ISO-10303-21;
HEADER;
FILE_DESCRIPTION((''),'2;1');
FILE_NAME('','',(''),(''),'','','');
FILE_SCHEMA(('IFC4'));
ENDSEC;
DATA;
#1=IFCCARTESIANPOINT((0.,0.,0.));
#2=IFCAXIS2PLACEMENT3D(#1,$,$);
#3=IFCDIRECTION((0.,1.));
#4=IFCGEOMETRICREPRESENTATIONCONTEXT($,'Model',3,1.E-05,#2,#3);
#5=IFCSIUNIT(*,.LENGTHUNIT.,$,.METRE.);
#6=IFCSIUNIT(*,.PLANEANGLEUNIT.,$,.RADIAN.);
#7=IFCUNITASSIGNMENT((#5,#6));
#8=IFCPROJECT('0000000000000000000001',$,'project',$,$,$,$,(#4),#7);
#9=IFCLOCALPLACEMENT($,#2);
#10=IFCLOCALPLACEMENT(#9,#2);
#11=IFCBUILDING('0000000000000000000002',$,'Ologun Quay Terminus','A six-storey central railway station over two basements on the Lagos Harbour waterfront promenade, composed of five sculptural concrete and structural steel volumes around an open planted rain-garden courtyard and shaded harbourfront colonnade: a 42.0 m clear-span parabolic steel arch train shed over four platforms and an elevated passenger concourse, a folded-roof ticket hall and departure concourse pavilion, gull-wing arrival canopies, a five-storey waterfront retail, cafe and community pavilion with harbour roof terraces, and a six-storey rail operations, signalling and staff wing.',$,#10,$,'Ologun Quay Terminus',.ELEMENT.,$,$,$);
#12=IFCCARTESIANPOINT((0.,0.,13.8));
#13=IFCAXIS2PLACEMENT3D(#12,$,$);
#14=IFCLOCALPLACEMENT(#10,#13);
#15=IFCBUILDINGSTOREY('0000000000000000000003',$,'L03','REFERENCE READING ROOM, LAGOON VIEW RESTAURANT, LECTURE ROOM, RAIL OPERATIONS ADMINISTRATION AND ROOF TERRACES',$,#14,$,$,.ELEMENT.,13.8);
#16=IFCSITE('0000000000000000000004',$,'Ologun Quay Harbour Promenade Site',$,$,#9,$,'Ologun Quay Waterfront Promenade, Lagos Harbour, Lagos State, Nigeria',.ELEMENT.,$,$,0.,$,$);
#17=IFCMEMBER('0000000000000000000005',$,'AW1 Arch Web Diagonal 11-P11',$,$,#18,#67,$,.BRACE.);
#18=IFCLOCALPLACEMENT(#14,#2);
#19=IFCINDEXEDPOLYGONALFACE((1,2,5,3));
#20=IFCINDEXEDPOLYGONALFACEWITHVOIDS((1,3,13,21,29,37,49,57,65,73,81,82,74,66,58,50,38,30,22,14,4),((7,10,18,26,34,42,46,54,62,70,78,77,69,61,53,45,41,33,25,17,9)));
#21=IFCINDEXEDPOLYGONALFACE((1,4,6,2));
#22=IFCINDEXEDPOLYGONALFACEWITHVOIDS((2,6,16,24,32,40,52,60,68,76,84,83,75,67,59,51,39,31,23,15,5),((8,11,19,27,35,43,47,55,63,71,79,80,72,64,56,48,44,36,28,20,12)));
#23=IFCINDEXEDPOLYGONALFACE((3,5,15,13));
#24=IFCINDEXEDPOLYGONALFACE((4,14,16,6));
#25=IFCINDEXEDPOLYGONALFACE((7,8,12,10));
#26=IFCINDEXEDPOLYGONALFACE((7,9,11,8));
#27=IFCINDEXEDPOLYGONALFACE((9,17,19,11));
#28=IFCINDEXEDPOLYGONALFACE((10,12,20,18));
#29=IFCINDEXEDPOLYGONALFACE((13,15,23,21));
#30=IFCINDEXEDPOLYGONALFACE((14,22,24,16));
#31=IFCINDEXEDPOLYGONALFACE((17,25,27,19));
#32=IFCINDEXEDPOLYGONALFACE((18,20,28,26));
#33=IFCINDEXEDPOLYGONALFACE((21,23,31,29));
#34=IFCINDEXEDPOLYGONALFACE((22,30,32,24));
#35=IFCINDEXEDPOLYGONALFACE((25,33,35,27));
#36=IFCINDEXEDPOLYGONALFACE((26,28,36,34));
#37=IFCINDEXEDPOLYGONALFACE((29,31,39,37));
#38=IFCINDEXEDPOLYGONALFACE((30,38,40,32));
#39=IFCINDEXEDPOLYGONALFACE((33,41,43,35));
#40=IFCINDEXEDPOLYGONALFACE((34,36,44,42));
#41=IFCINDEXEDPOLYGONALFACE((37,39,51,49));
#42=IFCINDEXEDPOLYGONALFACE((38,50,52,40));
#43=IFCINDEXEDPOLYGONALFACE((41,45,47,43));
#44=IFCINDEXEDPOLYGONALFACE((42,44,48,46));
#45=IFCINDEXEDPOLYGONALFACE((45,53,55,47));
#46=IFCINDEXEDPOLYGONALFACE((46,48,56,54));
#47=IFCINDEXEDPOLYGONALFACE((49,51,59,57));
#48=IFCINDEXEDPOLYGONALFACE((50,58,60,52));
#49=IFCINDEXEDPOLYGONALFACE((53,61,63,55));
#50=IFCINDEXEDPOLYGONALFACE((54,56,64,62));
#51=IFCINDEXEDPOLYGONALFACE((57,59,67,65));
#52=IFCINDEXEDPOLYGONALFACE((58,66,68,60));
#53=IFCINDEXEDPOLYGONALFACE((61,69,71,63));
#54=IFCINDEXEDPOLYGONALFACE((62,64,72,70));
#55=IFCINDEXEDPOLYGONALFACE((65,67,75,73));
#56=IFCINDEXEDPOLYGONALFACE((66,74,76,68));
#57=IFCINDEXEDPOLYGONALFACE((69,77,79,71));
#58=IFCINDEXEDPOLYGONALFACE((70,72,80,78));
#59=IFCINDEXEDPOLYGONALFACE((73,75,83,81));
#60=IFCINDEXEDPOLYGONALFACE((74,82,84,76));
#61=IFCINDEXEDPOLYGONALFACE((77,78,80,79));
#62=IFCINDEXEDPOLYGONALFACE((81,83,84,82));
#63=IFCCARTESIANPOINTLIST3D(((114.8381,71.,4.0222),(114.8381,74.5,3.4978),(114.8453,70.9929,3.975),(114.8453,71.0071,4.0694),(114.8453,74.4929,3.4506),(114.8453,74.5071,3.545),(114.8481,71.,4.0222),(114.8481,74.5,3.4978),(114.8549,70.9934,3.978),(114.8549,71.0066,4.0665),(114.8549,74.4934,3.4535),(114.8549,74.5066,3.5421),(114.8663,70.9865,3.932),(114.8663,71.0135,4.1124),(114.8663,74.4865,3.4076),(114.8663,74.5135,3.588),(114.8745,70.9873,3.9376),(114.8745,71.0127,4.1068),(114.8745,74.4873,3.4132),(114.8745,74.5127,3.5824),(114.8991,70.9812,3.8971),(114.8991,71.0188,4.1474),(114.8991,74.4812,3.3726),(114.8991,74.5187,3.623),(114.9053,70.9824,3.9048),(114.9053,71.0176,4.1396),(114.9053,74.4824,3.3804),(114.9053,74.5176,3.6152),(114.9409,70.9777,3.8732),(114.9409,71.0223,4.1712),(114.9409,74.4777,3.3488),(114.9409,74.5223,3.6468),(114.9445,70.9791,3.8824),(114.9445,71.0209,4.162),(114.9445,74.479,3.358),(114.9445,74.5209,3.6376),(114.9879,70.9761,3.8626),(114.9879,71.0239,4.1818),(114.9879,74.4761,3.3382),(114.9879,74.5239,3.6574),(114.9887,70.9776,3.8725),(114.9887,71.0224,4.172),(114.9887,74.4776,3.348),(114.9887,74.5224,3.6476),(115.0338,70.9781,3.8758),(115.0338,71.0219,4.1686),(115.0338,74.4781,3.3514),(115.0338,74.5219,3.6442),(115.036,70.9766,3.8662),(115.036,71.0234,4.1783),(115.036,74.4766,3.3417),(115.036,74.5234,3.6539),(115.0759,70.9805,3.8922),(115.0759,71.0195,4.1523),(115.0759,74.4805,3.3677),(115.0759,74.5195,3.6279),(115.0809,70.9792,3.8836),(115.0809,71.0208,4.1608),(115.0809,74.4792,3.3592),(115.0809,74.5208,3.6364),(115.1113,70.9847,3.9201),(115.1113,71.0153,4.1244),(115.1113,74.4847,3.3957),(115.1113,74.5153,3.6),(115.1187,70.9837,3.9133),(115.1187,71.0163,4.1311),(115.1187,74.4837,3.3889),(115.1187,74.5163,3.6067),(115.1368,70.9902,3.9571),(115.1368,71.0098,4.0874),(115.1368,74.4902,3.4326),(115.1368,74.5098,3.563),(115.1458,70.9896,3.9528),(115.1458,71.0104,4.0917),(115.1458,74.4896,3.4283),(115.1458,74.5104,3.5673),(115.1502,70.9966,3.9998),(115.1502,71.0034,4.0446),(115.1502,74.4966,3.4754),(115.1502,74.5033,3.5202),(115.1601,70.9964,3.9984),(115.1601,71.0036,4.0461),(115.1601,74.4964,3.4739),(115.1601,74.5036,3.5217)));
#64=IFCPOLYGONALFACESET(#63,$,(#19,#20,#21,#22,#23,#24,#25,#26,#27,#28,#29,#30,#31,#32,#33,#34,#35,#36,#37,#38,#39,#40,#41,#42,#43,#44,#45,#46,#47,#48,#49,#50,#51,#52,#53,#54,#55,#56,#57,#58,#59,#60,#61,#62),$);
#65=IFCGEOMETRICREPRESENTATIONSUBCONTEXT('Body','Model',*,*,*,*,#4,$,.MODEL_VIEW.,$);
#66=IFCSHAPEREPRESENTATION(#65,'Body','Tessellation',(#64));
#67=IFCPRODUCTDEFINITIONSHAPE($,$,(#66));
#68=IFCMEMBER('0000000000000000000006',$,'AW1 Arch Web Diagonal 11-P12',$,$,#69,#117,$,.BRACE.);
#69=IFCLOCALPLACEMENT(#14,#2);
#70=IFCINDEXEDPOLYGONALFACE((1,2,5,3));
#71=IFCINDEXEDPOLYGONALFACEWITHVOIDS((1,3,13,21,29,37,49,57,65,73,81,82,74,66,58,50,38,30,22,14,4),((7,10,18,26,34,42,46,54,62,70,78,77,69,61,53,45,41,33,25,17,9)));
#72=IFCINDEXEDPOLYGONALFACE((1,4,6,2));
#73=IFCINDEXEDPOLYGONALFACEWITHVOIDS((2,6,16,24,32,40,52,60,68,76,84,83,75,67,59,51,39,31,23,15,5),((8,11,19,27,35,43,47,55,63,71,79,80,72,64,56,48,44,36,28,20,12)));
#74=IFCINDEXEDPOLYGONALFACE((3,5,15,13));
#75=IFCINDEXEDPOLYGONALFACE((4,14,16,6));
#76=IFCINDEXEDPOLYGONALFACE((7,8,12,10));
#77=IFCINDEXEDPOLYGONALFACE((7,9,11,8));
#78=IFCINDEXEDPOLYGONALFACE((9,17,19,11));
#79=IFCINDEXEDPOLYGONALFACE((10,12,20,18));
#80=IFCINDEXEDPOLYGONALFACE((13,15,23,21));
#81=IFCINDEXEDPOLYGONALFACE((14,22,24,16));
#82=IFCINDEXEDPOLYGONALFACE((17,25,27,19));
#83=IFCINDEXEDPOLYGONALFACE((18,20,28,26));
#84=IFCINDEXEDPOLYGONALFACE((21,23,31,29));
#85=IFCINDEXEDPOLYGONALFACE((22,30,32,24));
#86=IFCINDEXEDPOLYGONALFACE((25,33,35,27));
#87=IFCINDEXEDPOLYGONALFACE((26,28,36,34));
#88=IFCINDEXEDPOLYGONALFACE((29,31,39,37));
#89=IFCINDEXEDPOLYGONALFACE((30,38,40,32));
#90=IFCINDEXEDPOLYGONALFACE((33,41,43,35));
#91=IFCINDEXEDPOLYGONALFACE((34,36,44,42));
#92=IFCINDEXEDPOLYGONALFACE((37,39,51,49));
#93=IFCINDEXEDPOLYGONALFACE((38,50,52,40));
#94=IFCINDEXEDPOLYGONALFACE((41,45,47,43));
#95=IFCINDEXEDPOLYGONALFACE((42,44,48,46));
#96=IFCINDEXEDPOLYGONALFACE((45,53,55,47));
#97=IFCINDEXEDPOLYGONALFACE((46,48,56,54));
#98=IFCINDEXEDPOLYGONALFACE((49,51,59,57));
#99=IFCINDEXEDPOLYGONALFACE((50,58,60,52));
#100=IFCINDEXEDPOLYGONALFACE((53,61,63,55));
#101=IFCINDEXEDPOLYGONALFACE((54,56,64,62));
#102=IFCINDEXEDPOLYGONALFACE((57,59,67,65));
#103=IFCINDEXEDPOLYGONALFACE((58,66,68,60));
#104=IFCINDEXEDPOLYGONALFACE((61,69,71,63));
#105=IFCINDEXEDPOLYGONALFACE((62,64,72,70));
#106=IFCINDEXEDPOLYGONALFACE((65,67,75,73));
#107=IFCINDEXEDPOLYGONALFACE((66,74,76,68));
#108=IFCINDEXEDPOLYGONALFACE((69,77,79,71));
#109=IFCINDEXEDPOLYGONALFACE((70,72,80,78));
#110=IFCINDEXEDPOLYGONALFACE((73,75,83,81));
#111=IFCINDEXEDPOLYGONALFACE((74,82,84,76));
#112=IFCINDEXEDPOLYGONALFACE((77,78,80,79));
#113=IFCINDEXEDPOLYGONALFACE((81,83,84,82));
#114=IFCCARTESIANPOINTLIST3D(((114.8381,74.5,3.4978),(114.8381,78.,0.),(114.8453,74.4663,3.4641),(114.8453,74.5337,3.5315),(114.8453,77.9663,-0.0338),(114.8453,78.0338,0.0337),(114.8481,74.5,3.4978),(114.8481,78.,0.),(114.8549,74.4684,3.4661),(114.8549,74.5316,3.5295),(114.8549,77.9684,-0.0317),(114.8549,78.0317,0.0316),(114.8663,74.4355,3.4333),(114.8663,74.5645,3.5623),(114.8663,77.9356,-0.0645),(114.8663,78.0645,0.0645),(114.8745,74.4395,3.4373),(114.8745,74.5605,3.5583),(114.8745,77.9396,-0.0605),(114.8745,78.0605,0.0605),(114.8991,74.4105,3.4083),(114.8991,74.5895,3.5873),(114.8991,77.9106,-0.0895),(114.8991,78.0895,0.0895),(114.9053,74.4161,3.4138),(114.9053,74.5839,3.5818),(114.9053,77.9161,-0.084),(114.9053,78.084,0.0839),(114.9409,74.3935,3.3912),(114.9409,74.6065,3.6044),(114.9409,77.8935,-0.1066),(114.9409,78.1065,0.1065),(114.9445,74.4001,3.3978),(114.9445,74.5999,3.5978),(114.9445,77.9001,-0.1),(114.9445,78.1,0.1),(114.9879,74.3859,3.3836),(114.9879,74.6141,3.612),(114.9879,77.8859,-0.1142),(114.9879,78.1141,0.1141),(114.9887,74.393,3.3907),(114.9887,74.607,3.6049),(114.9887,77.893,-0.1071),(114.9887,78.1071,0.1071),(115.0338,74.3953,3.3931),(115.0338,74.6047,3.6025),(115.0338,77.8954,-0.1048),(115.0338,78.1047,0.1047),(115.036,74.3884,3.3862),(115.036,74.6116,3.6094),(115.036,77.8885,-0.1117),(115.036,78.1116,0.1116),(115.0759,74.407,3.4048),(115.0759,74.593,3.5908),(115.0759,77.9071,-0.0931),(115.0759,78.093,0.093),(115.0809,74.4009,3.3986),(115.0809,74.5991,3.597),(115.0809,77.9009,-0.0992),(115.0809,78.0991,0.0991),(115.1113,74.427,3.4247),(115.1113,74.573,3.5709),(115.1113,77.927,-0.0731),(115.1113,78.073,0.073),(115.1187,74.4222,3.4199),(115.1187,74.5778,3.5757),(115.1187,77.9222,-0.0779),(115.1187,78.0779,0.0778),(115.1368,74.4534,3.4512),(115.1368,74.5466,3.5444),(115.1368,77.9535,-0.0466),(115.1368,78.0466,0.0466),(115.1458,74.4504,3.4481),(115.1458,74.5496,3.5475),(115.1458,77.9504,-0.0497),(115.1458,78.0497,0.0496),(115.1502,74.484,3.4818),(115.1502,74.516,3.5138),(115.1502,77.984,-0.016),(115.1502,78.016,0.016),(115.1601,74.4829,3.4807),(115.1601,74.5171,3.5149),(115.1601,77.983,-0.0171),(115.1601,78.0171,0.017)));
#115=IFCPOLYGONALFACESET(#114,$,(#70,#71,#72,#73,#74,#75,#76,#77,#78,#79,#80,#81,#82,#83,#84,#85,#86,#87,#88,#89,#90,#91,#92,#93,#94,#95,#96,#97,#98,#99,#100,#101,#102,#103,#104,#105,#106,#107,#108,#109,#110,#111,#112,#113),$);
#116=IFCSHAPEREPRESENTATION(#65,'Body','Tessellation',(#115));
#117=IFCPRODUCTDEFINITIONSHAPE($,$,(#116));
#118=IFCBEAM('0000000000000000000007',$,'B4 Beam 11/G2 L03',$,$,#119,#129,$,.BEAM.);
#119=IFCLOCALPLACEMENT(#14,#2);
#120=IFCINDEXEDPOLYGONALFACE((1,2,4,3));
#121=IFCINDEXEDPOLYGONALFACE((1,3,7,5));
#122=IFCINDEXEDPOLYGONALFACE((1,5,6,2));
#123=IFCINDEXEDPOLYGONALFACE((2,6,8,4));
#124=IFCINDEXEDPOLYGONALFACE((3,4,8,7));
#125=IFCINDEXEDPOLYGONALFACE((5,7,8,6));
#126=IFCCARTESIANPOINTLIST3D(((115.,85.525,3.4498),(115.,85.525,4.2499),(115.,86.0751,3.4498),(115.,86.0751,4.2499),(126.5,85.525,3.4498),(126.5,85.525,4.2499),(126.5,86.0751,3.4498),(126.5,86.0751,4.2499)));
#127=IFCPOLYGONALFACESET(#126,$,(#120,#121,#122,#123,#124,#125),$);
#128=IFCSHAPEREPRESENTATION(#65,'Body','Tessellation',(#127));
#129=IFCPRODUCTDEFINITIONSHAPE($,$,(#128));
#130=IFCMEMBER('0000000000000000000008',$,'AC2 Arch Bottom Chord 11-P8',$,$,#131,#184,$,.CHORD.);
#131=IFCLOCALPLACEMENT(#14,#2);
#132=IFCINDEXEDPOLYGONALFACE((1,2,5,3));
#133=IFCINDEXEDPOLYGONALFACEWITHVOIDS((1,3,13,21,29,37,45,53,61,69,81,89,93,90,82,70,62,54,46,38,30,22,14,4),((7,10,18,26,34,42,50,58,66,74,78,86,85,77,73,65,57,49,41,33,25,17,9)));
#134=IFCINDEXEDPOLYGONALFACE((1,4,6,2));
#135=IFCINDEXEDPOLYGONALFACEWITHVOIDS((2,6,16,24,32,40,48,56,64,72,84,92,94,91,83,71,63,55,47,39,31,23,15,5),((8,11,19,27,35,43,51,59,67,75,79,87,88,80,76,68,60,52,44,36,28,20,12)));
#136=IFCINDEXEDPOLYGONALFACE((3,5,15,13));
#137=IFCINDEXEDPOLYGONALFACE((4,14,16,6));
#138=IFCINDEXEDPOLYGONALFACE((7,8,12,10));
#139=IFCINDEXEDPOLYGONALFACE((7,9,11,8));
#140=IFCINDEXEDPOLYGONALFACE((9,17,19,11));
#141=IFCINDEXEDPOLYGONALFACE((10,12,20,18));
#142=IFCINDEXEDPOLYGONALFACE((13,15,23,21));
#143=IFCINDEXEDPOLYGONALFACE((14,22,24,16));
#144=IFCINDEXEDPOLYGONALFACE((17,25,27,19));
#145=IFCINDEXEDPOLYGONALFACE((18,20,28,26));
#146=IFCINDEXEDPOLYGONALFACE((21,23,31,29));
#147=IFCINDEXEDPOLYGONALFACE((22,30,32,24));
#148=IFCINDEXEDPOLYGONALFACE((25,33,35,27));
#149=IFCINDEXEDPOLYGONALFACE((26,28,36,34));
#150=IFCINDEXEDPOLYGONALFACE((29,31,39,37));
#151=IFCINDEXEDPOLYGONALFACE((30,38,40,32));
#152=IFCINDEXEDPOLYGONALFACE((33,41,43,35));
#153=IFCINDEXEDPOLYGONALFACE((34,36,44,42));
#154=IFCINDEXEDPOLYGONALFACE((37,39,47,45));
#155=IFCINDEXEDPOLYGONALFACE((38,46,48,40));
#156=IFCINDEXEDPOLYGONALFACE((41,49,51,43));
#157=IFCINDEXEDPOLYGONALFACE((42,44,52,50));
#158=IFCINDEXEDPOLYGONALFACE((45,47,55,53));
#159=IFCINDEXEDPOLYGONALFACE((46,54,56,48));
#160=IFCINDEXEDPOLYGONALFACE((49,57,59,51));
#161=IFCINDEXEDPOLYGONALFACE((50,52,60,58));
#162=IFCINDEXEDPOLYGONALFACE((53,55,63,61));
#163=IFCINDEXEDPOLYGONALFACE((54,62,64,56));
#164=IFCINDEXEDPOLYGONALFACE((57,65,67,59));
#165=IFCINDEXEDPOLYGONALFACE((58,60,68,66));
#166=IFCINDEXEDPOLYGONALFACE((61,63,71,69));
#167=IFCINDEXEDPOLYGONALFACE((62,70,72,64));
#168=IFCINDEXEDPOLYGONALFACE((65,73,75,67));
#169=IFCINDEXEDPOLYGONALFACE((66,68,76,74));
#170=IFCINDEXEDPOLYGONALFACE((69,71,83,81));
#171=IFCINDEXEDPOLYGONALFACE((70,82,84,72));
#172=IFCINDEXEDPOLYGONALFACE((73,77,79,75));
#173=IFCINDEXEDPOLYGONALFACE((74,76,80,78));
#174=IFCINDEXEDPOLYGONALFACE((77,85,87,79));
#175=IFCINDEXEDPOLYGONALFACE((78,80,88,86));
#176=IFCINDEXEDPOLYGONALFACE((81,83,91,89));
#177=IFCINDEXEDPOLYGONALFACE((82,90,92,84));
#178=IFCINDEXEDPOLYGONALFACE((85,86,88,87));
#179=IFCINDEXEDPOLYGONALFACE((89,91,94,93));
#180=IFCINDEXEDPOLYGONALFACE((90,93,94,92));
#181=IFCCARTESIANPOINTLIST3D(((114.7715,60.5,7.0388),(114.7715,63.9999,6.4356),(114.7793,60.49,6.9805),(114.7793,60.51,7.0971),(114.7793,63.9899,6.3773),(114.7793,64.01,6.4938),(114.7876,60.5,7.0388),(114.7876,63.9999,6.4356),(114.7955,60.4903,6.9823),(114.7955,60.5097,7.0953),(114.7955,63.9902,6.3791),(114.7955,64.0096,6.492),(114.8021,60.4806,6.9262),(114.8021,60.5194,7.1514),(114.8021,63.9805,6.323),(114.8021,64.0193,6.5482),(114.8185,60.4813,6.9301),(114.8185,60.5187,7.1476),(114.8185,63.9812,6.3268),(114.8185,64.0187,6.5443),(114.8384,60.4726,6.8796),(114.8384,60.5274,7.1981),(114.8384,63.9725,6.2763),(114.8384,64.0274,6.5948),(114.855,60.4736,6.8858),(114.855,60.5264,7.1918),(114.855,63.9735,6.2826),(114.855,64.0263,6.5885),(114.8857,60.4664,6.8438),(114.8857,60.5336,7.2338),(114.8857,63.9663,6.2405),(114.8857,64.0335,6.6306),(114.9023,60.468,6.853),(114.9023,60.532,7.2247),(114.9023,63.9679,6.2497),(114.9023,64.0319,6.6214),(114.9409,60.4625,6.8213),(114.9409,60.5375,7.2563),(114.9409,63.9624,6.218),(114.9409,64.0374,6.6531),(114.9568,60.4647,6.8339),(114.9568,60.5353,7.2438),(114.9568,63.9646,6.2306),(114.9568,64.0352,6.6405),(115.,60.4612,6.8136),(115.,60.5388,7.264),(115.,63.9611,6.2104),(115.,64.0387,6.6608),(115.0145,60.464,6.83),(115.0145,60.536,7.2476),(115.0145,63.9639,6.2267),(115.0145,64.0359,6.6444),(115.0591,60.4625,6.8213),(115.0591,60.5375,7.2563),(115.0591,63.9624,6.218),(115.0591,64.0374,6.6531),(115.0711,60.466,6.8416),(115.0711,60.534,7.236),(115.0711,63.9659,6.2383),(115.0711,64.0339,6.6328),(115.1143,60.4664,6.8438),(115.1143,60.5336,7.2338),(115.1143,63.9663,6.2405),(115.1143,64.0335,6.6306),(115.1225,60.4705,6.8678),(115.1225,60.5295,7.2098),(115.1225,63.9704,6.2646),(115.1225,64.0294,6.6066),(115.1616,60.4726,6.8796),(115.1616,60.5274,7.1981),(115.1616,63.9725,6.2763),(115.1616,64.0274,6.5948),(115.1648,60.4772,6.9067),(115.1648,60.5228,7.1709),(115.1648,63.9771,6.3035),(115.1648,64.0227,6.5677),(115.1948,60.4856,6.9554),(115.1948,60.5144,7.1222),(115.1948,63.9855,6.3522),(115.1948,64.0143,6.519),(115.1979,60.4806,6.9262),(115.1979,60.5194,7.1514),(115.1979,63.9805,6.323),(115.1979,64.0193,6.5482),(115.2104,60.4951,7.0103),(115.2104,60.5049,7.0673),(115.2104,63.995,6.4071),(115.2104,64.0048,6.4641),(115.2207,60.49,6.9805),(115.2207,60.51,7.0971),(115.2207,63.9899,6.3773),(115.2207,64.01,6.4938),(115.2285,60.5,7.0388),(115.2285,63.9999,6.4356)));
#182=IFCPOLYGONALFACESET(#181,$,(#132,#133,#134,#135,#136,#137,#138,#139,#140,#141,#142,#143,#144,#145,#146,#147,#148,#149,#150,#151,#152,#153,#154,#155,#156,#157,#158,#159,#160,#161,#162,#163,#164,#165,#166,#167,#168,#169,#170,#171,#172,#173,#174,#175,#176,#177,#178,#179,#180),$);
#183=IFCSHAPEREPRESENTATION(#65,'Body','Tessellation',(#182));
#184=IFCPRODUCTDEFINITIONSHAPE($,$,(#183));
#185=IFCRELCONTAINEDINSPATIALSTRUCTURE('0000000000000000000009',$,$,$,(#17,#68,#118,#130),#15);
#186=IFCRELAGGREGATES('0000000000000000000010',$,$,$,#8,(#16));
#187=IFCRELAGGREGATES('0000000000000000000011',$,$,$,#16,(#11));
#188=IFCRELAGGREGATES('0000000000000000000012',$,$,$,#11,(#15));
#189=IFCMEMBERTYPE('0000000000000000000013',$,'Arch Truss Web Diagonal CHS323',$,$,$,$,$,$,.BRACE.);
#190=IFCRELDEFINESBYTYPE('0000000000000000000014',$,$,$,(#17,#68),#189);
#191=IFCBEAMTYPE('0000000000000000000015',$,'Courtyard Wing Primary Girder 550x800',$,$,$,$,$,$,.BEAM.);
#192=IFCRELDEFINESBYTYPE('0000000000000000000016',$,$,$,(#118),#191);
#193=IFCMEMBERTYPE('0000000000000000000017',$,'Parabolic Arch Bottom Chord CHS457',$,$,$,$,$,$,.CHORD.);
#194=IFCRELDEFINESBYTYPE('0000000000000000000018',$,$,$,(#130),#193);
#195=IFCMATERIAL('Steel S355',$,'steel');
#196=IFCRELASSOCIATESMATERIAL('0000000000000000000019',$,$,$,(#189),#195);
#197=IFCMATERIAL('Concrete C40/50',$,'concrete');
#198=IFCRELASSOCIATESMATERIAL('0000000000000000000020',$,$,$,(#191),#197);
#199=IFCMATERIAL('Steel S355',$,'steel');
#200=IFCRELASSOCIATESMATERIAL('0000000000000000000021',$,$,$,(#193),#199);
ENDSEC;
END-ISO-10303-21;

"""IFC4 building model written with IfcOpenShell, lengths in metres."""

from ifc_helpers import new_model, si_unit, direction, frame, origin, origin_2d, place, context, subcontext, project, spatial, rectangle, hollow_circle, extrude, material, material_profile, profile_set, type_object, element, save


model = new_model("IFC4")

# Units and contexts
model_context = context("Model", 3, precision=1e-05, world=origin(), true_north=direction((0.0, 1.0)))
body_context = subcontext(model_context, "Body", "Model", "MODEL_VIEW")
ifc_project = project(units=[si_unit("LENGTHUNIT", "METRE"), si_unit("PLANEANGLEUNIT", "RADIAN")], contexts=[model_context])

# Site, building, storey
site_placement = place(None, origin())
site = spatial("IfcSite", under=ifc_project, at=site_placement, Name="Ologun Quay Harbour Promenade Site", LongName="Ologun Quay Waterfront Promenade, Lagos Harbour, Lagos State, Nigeria", CompositionType="ELEMENT", RefElevation=0.0)
building_placement = place(site_placement, origin())
building = spatial("IfcBuilding", under=site, at=building_placement, Name="Ologun Quay Terminus", Description="A six-storey central railway station over two basements on the Lagos Harbour waterfront promenade, composed of five sculptural concrete and structural steel volumes around an open planted rain-garden courtyard and shaded harbourfront colonnade: a 42.0 m clear-span parabolic steel arch train shed over four platforms and an elevated passenger concourse, a folded-roof ticket hall and departure concourse pavilion, gull-wing arrival canopies, a five-storey waterfront retail, cafe and community pavilion with harbour roof terraces, and a six-storey rail operations, signalling and staff wing.", LongName="Ologun Quay Terminus", CompositionType="ELEMENT")
storey_placement = place(building_placement, frame((0.0, 0.0, 13.8)))
storey = spatial("IfcBuildingStorey", under=building, at=storey_placement, Name="L03", Description="REFERENCE READING ROOM, LAGOON VIEW RESTAURANT, LECTURE ROOM, RAIL OPERATIONS ADMINISTRATION AND ROOF TERRACES", CompositionType="ELEMENT", Elevation=13.8)

# Members
ifc_material_1 = material(Name="Steel S355", Category="steel")
ifc_material_profile_1 = material_profile(ifc_material_1, hollow_circle(Radius=0.1619, WallThickness=0.01, at=origin_2d()), Name="CHS 323.9x10")
ifc_profile_set_1 = profile_set([ifc_material_profile_1], Name="Steel S355")
member_type_1 = type_object("IfcMemberType", Name="Arch Truss Web Diagonal CHS323", PredefinedType="BRACE", material=ifc_profile_set_1)
member_1_placement = place(storey_placement, frame((115.0, 71.0, 4.0222), z_axis=(0.0, 0.988961, -0.148179), x_axis=(-1.0, 0.0, 0.0)))
element("IfcMember", 1, at=member_1_placement, inside=storey, type_object=member_type_1, Name="AW1 Arch Web Diagonal 11-P11", PredefinedType="BRACE", context=body_context, shape_type="SweptSolid", body=[
    extrude(hollow_circle(Radius=0.1619, WallThickness=0.01, at=origin_2d()), origin(), (0.0, 0.0, 1.0), 3.5391),
])
member_2_placement = place(storey_placement, frame((115.0, 74.5, 3.4978), z_axis=(0.0, 0.707329, -0.706885), x_axis=(-1.0, 0.0, 0.0)))
element("IfcMember", 2, at=member_2_placement, inside=storey, type_object=member_type_1, Name="AW1 Arch Web Diagonal 11-P12", PredefinedType="BRACE", context=body_context, shape_type="SweptSolid", body=[
    extrude(hollow_circle(Radius=0.1619, WallThickness=0.01, at=origin_2d()), origin(), (0.0, 0.0, 1.0), 4.9482),
])

# Beam
ifc_material_2 = material(Name="Concrete C40/50", Category="concrete")
ifc_material_profile_2 = material_profile(ifc_material_2, rectangle(XDim=0.55, YDim=0.8, at=origin_2d()), Name="RC 550x800")
ifc_profile_set_2 = profile_set([ifc_material_profile_2], Name="Concrete C40/50")
beam_type = type_object("IfcBeamType", Name="Courtyard Wing Primary Girder 550x800", PredefinedType="BEAM", material=ifc_profile_set_2)
beam_placement = place(storey_placement, frame((115.0, 85.8, 3.8499), z_axis=(1.0, 0.0, 0.0), x_axis=(0.0, 1.0, 0.0)))
element("IfcBeam", 3, at=beam_placement, inside=storey, type_object=beam_type, Name="B4 Beam 11/G2 L03", PredefinedType="BEAM", context=body_context, shape_type="SweptSolid", body=[
    extrude(rectangle(XDim=0.55, YDim=0.8, at=origin_2d()), origin(), (0.0, 0.0, 1.0), 11.5),
])

# Member
ifc_material_3 = material(Name="Steel S355", Category="steel")
ifc_material_profile_3 = material_profile(ifc_material_3, hollow_circle(Radius=0.2285, WallThickness=0.0161, at=origin_2d()), Name="CHS 457x16")
ifc_profile_set_3 = profile_set([ifc_material_profile_3], Name="Steel S355")
member_type_2 = type_object("IfcMemberType", Name="Parabolic Arch Bottom Chord CHS457", PredefinedType="CHORD", material=ifc_profile_set_3)
member_3_placement = place(storey_placement, frame((115.0, 60.5, 7.0388), z_axis=(0.0, 0.985468, -0.169859), x_axis=(-1.0, 0.0, 0.0)))
element("IfcMember", 4, at=member_3_placement, inside=storey, type_object=member_type_2, Name="AC2 Arch Bottom Chord 11-P8", PredefinedType="CHORD", context=body_context, shape_type="SweptSolid", body=[
    extrude(hollow_circle(Radius=0.2285, WallThickness=0.0161, at=origin_2d()), origin(), (0.0, 0.0, 1.0), 3.5515),
])

save(model, "model.ifc")
